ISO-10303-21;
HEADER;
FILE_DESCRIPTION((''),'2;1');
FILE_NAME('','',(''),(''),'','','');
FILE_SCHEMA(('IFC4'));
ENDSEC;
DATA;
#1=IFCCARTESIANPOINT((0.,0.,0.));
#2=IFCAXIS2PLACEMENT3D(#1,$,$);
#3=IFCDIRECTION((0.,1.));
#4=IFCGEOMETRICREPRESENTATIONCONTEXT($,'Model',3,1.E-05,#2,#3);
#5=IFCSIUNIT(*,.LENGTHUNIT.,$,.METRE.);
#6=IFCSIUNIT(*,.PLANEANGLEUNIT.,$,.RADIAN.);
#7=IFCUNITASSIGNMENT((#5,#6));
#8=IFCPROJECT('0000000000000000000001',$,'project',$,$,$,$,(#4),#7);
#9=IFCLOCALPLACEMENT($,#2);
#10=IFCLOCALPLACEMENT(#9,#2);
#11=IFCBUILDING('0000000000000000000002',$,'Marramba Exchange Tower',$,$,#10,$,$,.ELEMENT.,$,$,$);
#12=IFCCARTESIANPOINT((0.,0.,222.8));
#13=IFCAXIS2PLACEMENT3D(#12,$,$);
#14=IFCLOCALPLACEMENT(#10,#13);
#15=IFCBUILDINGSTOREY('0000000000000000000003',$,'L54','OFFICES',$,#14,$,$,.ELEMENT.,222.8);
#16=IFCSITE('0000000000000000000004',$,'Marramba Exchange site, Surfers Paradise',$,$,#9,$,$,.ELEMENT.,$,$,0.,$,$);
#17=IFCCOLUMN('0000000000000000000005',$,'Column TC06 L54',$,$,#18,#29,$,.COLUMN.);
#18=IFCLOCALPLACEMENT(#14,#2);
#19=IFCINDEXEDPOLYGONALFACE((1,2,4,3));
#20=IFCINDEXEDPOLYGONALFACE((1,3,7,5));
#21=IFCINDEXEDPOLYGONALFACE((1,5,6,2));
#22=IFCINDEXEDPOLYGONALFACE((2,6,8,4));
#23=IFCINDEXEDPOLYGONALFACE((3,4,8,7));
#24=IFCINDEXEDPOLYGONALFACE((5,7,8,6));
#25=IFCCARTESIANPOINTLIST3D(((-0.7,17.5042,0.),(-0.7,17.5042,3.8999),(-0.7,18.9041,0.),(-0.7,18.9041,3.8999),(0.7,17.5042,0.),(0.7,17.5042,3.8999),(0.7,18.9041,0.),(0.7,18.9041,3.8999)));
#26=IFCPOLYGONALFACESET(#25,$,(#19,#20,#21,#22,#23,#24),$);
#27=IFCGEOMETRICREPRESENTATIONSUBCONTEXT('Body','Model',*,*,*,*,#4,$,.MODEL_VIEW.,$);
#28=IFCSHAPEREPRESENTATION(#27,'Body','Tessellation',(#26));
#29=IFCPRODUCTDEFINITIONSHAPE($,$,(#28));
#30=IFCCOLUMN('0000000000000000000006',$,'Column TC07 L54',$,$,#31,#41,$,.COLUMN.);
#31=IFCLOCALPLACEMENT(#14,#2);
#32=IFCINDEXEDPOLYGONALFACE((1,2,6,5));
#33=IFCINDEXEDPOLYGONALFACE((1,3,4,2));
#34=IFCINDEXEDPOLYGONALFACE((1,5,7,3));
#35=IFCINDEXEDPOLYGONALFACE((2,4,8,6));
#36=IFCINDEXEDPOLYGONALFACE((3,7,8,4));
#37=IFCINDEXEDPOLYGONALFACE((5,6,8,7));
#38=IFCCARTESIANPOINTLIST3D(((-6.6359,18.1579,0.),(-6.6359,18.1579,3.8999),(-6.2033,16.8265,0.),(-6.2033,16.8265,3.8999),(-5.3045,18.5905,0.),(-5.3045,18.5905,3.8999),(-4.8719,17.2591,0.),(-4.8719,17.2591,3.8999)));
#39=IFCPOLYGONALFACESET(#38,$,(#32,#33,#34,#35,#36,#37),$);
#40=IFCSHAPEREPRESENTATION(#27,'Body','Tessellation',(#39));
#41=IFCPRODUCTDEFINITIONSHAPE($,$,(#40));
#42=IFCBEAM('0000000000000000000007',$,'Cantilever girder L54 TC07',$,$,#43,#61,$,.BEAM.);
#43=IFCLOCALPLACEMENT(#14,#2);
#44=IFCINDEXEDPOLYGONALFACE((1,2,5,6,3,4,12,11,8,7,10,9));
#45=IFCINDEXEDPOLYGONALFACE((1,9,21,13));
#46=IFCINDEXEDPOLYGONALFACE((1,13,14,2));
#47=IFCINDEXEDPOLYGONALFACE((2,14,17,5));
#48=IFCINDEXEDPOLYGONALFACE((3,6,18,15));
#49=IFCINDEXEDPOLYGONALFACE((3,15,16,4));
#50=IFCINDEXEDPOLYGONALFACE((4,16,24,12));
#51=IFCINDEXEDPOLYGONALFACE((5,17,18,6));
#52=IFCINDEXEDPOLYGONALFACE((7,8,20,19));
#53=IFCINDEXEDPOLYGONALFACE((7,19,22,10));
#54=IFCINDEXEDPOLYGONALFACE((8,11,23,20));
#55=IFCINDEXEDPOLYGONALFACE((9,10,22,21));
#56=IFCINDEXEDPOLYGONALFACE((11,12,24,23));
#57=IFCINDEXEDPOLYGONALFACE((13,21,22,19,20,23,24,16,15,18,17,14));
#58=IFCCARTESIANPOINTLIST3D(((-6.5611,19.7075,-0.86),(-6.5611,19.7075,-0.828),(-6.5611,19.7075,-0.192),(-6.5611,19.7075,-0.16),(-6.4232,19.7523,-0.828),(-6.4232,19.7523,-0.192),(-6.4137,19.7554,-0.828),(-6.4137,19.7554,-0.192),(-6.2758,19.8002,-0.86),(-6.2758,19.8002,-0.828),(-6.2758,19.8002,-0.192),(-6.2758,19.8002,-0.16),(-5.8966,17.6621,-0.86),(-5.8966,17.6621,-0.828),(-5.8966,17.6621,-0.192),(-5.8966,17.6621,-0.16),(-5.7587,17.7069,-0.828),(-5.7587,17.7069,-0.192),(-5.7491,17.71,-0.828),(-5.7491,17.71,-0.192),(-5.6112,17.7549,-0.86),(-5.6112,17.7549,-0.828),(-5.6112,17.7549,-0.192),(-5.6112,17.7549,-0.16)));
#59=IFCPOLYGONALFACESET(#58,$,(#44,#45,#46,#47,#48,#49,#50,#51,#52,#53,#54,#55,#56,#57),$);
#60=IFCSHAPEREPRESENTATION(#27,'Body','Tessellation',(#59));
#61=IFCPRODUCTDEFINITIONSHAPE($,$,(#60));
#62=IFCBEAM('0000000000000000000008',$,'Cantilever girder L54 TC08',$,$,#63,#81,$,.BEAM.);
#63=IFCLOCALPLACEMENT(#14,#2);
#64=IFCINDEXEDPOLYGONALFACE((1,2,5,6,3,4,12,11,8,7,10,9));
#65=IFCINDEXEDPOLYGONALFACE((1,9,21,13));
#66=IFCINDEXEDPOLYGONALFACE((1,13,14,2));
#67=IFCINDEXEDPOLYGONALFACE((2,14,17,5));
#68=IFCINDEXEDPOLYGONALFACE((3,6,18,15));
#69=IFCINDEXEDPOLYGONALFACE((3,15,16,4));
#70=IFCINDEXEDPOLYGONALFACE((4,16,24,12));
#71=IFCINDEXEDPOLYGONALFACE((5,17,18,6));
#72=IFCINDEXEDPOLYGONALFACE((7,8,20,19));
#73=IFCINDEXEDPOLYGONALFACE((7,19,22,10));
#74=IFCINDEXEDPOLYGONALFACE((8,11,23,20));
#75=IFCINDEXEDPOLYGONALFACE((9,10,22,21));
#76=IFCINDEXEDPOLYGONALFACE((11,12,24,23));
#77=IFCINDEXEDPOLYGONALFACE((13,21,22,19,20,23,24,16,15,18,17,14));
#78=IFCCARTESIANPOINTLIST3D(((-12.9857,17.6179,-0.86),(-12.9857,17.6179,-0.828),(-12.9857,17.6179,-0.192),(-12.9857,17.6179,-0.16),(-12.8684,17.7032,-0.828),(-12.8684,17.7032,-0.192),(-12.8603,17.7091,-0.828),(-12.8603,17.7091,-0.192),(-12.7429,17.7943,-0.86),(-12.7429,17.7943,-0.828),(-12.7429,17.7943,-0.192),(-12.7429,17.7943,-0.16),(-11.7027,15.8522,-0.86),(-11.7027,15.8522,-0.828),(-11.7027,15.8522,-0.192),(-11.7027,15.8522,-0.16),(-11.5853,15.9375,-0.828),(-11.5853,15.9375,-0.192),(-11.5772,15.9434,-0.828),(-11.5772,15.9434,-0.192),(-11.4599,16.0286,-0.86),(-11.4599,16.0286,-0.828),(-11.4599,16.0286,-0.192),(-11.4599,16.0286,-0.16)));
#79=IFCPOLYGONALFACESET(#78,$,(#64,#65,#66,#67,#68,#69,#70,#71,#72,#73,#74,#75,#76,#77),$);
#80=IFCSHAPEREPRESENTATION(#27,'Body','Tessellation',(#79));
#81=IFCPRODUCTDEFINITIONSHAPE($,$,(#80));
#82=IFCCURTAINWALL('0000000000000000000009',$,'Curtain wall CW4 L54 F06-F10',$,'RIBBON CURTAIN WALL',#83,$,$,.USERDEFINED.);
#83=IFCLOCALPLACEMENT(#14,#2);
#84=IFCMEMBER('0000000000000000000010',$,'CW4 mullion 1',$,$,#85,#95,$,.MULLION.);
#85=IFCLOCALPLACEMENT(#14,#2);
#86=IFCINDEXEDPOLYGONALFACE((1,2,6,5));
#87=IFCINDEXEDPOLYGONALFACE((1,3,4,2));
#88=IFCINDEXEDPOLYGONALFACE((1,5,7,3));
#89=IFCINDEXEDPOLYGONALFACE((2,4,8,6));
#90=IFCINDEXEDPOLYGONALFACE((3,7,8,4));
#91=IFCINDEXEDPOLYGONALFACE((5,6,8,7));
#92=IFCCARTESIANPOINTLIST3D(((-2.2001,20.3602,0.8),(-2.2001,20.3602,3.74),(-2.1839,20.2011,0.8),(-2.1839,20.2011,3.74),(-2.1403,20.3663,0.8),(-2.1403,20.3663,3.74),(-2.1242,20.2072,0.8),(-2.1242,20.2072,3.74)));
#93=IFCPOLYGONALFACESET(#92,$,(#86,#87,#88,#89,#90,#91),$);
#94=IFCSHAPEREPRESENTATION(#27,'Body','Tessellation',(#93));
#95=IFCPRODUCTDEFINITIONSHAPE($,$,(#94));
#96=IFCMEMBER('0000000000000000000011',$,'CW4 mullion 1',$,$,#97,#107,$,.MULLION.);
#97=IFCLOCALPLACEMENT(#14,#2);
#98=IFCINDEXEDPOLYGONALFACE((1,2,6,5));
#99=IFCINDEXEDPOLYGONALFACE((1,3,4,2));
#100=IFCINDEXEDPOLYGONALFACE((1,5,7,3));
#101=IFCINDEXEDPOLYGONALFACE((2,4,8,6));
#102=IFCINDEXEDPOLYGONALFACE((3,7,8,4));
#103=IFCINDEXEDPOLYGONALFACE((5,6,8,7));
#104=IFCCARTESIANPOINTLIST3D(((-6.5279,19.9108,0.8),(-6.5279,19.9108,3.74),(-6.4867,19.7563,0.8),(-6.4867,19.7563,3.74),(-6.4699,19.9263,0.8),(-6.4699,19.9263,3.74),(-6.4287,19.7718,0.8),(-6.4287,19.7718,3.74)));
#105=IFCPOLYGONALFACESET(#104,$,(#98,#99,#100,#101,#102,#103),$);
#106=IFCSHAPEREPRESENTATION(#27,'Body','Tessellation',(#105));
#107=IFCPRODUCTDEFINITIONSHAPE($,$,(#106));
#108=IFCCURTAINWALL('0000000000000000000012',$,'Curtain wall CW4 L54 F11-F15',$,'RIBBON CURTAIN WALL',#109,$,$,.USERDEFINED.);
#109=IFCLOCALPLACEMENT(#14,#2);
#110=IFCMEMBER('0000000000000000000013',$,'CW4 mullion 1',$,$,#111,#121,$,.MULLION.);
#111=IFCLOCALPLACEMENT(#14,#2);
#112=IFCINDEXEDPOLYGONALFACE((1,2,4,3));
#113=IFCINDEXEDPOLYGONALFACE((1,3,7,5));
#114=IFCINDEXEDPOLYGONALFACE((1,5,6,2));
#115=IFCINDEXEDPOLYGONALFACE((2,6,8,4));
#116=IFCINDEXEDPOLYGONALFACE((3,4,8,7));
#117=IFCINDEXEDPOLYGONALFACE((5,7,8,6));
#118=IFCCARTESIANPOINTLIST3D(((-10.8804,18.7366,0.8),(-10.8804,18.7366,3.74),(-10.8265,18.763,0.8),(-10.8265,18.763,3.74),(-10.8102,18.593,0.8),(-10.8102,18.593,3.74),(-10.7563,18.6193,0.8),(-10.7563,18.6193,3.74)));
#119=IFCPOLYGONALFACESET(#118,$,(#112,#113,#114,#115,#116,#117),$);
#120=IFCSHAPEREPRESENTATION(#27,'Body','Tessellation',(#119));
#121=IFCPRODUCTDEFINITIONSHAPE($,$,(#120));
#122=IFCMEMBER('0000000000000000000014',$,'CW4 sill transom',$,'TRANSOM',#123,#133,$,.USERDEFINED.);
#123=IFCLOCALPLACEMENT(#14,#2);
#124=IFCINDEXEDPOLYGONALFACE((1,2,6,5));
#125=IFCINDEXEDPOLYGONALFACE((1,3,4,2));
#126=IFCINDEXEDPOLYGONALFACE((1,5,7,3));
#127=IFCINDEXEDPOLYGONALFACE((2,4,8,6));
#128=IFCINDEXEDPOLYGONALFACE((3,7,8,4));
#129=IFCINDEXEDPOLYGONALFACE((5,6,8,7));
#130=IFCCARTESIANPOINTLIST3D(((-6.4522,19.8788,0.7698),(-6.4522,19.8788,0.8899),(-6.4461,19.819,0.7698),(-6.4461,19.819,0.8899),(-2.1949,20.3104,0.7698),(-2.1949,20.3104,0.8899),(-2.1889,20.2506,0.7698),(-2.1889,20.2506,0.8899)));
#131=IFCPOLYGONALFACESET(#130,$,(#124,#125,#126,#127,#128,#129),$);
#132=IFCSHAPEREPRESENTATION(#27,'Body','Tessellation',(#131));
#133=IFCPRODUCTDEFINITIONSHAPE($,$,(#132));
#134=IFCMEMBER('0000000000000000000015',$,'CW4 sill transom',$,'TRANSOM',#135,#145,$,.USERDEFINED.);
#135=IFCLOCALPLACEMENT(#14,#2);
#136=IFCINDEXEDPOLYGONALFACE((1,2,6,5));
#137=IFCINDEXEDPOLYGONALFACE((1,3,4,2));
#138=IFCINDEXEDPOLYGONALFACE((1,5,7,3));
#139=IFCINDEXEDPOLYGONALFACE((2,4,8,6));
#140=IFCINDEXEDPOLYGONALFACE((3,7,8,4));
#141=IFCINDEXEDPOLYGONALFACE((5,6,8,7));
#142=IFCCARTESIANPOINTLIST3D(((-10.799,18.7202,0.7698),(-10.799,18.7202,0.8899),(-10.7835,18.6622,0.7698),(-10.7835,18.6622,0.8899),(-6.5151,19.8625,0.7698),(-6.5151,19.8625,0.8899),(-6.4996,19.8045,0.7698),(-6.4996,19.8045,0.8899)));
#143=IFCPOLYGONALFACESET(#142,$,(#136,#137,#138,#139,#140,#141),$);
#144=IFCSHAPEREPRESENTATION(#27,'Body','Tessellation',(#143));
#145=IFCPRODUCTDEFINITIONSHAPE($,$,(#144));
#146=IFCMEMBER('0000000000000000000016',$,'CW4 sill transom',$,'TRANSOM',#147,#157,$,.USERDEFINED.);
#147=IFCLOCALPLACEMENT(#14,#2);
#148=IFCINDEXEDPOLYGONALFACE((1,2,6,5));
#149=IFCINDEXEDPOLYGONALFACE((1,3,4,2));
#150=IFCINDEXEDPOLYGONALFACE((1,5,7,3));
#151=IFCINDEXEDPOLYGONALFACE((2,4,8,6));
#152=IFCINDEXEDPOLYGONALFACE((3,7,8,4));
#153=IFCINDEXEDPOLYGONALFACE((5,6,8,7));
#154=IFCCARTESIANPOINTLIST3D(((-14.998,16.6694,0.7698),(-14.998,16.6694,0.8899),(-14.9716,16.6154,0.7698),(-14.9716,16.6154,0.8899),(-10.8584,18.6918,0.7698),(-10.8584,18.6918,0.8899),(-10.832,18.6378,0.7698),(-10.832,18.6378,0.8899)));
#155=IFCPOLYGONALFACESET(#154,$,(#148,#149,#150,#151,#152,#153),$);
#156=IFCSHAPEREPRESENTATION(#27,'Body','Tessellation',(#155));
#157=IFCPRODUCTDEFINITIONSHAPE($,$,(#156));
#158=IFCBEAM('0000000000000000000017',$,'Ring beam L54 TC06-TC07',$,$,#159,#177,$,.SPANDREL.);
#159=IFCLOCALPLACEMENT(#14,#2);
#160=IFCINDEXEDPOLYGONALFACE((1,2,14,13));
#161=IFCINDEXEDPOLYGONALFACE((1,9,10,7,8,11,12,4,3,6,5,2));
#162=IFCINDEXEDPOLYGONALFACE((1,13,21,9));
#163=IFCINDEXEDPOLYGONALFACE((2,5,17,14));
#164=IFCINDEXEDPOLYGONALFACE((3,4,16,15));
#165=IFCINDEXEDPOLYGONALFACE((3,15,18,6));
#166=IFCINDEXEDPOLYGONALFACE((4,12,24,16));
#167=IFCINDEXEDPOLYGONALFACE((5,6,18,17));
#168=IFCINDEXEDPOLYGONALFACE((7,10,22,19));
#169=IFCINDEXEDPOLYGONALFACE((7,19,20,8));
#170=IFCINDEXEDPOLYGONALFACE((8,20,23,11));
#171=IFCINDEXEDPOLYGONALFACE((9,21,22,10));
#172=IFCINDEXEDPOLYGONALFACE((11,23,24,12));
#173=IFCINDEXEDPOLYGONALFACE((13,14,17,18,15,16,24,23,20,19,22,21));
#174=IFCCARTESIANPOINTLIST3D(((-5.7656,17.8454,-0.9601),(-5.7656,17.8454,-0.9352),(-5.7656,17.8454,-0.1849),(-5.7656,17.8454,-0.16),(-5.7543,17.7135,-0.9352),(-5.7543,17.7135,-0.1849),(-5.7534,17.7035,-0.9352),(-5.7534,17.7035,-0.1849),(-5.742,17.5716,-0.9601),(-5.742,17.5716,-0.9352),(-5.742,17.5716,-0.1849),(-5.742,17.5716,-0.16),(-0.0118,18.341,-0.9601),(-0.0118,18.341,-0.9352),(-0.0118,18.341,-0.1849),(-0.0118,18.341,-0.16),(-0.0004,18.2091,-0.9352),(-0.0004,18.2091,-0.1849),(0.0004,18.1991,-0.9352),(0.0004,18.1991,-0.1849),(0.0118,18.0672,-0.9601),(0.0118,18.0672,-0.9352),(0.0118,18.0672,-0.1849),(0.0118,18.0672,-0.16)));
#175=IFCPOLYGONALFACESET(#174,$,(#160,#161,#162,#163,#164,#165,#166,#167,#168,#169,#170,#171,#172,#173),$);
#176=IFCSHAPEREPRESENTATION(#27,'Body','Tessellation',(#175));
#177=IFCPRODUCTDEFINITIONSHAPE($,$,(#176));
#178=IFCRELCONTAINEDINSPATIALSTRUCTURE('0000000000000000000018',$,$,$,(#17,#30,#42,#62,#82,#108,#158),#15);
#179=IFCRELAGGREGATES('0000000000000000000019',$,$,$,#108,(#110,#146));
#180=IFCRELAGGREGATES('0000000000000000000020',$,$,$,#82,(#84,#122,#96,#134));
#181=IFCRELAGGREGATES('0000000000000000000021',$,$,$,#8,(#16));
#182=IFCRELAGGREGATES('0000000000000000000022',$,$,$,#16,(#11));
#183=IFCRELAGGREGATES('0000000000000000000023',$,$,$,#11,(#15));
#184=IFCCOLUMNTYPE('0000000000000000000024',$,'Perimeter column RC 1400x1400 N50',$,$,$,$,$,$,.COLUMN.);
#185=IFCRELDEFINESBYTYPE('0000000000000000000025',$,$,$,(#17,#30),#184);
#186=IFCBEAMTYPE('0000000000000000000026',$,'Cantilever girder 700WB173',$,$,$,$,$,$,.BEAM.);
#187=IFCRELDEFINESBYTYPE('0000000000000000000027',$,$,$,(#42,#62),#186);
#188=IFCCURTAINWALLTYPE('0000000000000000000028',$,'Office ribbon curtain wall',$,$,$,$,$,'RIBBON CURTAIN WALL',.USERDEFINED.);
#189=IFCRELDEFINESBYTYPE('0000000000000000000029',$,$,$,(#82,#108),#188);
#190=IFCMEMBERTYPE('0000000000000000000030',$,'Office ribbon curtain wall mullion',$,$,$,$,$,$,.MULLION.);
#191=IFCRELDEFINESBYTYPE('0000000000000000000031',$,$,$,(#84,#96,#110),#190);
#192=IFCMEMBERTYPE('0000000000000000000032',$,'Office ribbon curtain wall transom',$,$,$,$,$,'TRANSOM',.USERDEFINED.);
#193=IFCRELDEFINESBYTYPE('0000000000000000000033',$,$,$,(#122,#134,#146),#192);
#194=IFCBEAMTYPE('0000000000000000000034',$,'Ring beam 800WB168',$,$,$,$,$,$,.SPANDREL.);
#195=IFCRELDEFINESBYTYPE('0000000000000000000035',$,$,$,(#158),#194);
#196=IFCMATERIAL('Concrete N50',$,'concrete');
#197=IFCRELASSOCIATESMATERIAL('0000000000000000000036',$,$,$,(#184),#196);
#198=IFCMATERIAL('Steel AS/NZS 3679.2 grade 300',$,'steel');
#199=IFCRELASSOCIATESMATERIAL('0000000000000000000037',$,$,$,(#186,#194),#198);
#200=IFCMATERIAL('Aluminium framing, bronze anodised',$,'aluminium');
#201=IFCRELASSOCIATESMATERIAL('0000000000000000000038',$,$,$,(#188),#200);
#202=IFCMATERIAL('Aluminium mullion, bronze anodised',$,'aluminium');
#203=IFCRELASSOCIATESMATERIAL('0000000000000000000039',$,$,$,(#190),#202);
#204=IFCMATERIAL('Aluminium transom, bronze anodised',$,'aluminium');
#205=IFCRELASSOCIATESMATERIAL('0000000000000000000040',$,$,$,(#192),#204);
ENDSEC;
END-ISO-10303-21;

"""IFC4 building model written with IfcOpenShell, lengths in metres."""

from ifc_helpers import new_model, si_unit, direction, frame, origin, origin_2d, place, context, subcontext, project, spatial, rectangle, i_section, extrude, material, material_profile, profile_set, type_object, element, aggregate, save


model = new_model("IFC4")

# Units and contexts
model_context = context("Model", 3, precision=1e-05, world=origin(), true_north=direction((0.0, 1.0)))
body_context = subcontext(model_context, "Body", "Model", "MODEL_VIEW")
ifc_project = project(units=[si_unit("LENGTHUNIT", "METRE"), si_unit("PLANEANGLEUNIT", "RADIAN")], contexts=[model_context])

# Site, building, storey
site_placement = place(None, origin())
site = spatial("IfcSite", under=ifc_project, at=site_placement, Name="Marramba Exchange site, Surfers Paradise", CompositionType="ELEMENT", RefElevation=0.0)
building_placement = place(site_placement, origin())
building = spatial("IfcBuilding", under=site, at=building_placement, Name="Marramba Exchange Tower", CompositionType="ELEMENT")
storey_placement = place(building_placement, frame((0.0, 0.0, 222.8)))
storey = spatial("IfcBuildingStorey", under=building, at=storey_placement, Name="L54", Description="OFFICES", CompositionType="ELEMENT", Elevation=222.8)

# Columns
ifc_material_1 = material(Name="Concrete N50", Category="concrete")
ifc_material_profile_1 = material_profile(ifc_material_1, rectangle(XDim=1.3999, YDim=1.3999, at=origin_2d()), Name="RC 1400x1400")
ifc_profile_set_1 = profile_set([ifc_material_profile_1], Name="Concrete N50")
column_type = type_object("IfcColumnType", Name="Perimeter column RC 1400x1400 N50", PredefinedType="COLUMN", material=ifc_profile_set_1)
for number, where, z_axis, x_axis, name in (
    (1, (0.0, 18.2041, 0.0), (0.0, 0.0, 1.0), (0.0, 1.0, 0.0), "Column TC06 L54"),
    (2, (-5.7539, 17.7085, 0.0), (0.0, 0.0, 1.0), (-0.309017, 0.951057, 0.0), "Column TC07 L54"),
):
    element("IfcColumn", number, at=place(storey_placement, frame(where, z_axis=z_axis, x_axis=x_axis)), inside=storey, type_object=column_type, Name=name, PredefinedType="COLUMN", context=body_context, shape_type="SweptSolid", body=[
        extrude(rectangle(XDim=1.3999, YDim=1.3999, at=origin_2d()), origin(), (0.0, 0.0, 1.0), 3.8999),
    ])

# Beams
ifc_material_2 = material(Name="Steel AS/NZS 3679.2 grade 300", Category="steel")
ifc_material_profile_2 = material_profile(ifc_material_2, i_section(OverallWidth=0.3, OverallDepth=0.7, WebThickness=0.01, FlangeThickness=0.032, at=origin_2d()), Name="700WB173")
ifc_profile_set_2 = profile_set([ifc_material_profile_2], Name="Steel AS/NZS 3679.2 grade 300")
beam_type_1 = type_object("IfcBeamType", Name="Cantilever girder 700WB173", PredefinedType="BEAM", material=ifc_profile_set_2)
beam_1_placement = place(storey_placement, frame((-5.7539, 17.7085, -0.51), z_axis=(-0.308999, 0.951062, 0.0), x_axis=(-0.951062, -0.308999, 0.0)))
element("IfcBeam", 3, at=beam_1_placement, inside=storey, type_object=beam_type_1, Name="Cantilever girder L54 TC07", PredefinedType="BEAM", context=body_context, shape_type="SweptSolid", body=[
    extrude(i_section(OverallWidth=0.3, OverallDepth=0.7, WebThickness=0.01, FlangeThickness=0.032, at=origin_2d()), origin(), (0.0, 0.0, 1.0), 2.1506),
])
beam_2_placement = place(storey_placement, frame((-11.5813, 15.9404, -0.51), z_axis=(-0.587832, 0.808983, 0.0), x_axis=(-0.808983, -0.587832, 0.0)))
element("IfcBeam", 4, at=beam_2_placement, inside=storey, type_object=beam_type_1, Name="Cantilever girder L54 TC08", PredefinedType="BEAM", context=body_context, shape_type="SweptSolid", body=[
    extrude(i_section(OverallWidth=0.3, OverallDepth=0.7, WebThickness=0.01, FlangeThickness=0.032, at=origin_2d()), origin(), (0.0, 0.0, 1.0), 2.1826),
])

# Curtain wall, members
ifc_material_3 = material(Name="Aluminium framing, bronze anodised", Category="aluminium")
curtain_wall_type = type_object("IfcCurtainWallType", Name="Office ribbon curtain wall", ElementType="RIBBON CURTAIN WALL", PredefinedType="USERDEFINED", material=ifc_material_3)
curtain_wall_1_placement = place(storey_placement, origin())
curtain_wall_1 = element("IfcCurtainWall", 5, at=curtain_wall_1_placement, inside=storey, type_object=curtain_wall_type, Name="Curtain wall CW4 L54 F06-F10", ObjectType="RIBBON CURTAIN WALL", PredefinedType="USERDEFINED")
ifc_material_4 = material(Name="Aluminium mullion, bronze anodised", Category="aluminium")
ifc_material_profile_3 = material_profile(ifc_material_4, rectangle(XDim=0.1599, YDim=0.0601, at=origin_2d()), Name="CW4 mullion 60x160")
ifc_profile_set_3 = profile_set([ifc_material_profile_3], Name="Aluminium mullion, bronze anodised")
member_type_1 = type_object("IfcMemberType", Name="Office ribbon curtain wall mullion", PredefinedType="MULLION", material=ifc_profile_set_3)
member_1_placement = place(storey_placement, frame((-2.1621, 20.2837, 0.8), z_axis=(0.0, 0.0, 1.0), x_axis=(0.100863, -0.9949, 0.0)))
member_1 = element("IfcMember", 6, at=member_1_placement, type_object=member_type_1, Name="CW4 mullion 1", PredefinedType="MULLION", context=body_context, shape_type="SweptSolid", body=[
    extrude(rectangle(XDim=0.1599, YDim=0.0601, at=origin_2d()), origin(), (0.0, 0.0, 1.0), 2.9399),
])
member_2_placement = place(storey_placement, frame((-6.4783, 19.8413, 0.8), z_axis=(0.0, 0.0, 1.0), x_axis=(0.257641, -0.966241, 0.0)))
member_2 = element("IfcMember", 7, at=member_2_placement, type_object=member_type_1, Name="CW4 mullion 1", PredefinedType="MULLION", context=body_context, shape_type="SweptSolid", body=[
    extrude(rectangle(XDim=0.1599, YDim=0.0601, at=origin_2d()), origin(), (0.0, 0.0, 1.0), 2.9399),
])

# Curtain wall, member
curtain_wall_2_placement = place(storey_placement, origin())
curtain_wall_2 = element("IfcCurtainWall", 8, at=curtain_wall_2_placement, inside=storey, type_object=curtain_wall_type, Name="Curtain wall CW4 L54 F11-F15", ObjectType="RIBBON CURTAIN WALL", PredefinedType="USERDEFINED")
member_3_placement = place(storey_placement, frame((-10.8184, 18.678, 0.8), z_axis=(0.0, 0.0, 1.0), x_axis=(0.438972, -0.898501, 0.0)))
member_3 = element("IfcMember", 9, at=member_3_placement, type_object=member_type_1, Name="CW4 mullion 1", PredefinedType="MULLION", context=body_context, shape_type="SweptSolid", body=[
    extrude(rectangle(XDim=0.1599, YDim=0.0601, at=origin_2d()), origin(), (0.0, 0.0, 1.0), 2.9399),
])

# Members
ifc_material_5 = material(Name="Aluminium transom, bronze anodised", Category="aluminium")
ifc_material_profile_4 = material_profile(ifc_material_5, rectangle(XDim=0.0601, YDim=0.1201, at=origin_2d()), Name="CW4 transom 60x120")
ifc_profile_set_4 = profile_set([ifc_material_profile_4], Name="Aluminium transom, bronze anodised")
member_type_2 = type_object("IfcMemberType", Name="Office ribbon curtain wall transom", ElementType="TRANSOM", PredefinedType="USERDEFINED", material=ifc_profile_set_4)
member_4_placement = place(storey_placement, frame((-2.1919, 20.2805, 0.8298), z_axis=(-0.9949, -0.100871, 0.0), x_axis=(0.100871, -0.9949, 0.0)))
member_4 = element("IfcMember", 10, at=member_4_placement, type_object=member_type_2, Name="CW4 sill transom", ObjectType="TRANSOM", PredefinedType="USERDEFINED", context=body_context, shape_type="SweptSolid", body=[
    extrude(rectangle(XDim=0.0601, YDim=0.1201, at=origin_2d()), origin(), (0.0, 0.0, 1.0), 4.2791),
])
member_5_placement = place(storey_placement, frame((-6.5073, 19.8335, 0.8298), z_axis=(-0.966238, -0.257652, 0.0), x_axis=(0.257652, -0.966238, 0.0)))
member_5 = element("IfcMember", 11, at=member_5_placement, type_object=member_type_2, Name="CW4 sill transom", ObjectType="TRANSOM", PredefinedType="USERDEFINED", context=body_context, shape_type="SweptSolid", body=[
    extrude(rectangle(XDim=0.0601, YDim=0.1201, at=origin_2d()), origin(), (0.0, 0.0, 1.0), 4.4336),
])
member_6_placement = place(storey_placement, frame((-10.8452, 18.6648, 0.8298), z_axis=(-0.898501, -0.438971, 0.0), x_axis=(0.438971, -0.898501, 0.0)))
member_6 = element("IfcMember", 12, at=member_6_placement, type_object=member_type_2, Name="CW4 sill transom", ObjectType="TRANSOM", PredefinedType="USERDEFINED", context=body_context, shape_type="SweptSolid", body=[
    extrude(rectangle(XDim=0.0601, YDim=0.1201, at=origin_2d()), origin(), (0.0, 0.0, 1.0), 4.6072),
])
aggregate(curtain_wall_2, [member_3, member_6])

# Beam
ifc_material_profile_5 = material_profile(ifc_material_2, i_section(OverallWidth=0.2749, OverallDepth=0.8, WebThickness=0.01, FlangeThickness=0.0249, at=origin_2d()), Name="800WB168")
ifc_profile_set_5 = profile_set([ifc_material_profile_5], Name="Steel AS/NZS 3679.2 grade 300")
beam_type_2 = type_object("IfcBeamType", Name="Ring beam 800WB168", PredefinedType="SPANDREL", material=ifc_profile_set_5)
beam_3_placement = place(storey_placement, frame((0.0, 18.2041, -0.5601), z_axis=(-0.996311, -0.085816, 0.0), x_axis=(0.085816, -0.996311, 0.0)))
element("IfcBeam", 13, at=beam_3_placement, inside=storey, type_object=beam_type_2, Name="Ring beam L54 TC06-TC07", PredefinedType="SPANDREL", context=body_context, shape_type="SweptSolid", body=[
    extrude(i_section(OverallWidth=0.2749, OverallDepth=0.8, WebThickness=0.01, FlangeThickness=0.0249, at=origin_2d()), origin(), (0.0, 0.0, 1.0), 5.7751),
])

aggregate(curtain_wall_1, [member_1, member_4, member_2, member_5])

save(model, "model.ifc")
